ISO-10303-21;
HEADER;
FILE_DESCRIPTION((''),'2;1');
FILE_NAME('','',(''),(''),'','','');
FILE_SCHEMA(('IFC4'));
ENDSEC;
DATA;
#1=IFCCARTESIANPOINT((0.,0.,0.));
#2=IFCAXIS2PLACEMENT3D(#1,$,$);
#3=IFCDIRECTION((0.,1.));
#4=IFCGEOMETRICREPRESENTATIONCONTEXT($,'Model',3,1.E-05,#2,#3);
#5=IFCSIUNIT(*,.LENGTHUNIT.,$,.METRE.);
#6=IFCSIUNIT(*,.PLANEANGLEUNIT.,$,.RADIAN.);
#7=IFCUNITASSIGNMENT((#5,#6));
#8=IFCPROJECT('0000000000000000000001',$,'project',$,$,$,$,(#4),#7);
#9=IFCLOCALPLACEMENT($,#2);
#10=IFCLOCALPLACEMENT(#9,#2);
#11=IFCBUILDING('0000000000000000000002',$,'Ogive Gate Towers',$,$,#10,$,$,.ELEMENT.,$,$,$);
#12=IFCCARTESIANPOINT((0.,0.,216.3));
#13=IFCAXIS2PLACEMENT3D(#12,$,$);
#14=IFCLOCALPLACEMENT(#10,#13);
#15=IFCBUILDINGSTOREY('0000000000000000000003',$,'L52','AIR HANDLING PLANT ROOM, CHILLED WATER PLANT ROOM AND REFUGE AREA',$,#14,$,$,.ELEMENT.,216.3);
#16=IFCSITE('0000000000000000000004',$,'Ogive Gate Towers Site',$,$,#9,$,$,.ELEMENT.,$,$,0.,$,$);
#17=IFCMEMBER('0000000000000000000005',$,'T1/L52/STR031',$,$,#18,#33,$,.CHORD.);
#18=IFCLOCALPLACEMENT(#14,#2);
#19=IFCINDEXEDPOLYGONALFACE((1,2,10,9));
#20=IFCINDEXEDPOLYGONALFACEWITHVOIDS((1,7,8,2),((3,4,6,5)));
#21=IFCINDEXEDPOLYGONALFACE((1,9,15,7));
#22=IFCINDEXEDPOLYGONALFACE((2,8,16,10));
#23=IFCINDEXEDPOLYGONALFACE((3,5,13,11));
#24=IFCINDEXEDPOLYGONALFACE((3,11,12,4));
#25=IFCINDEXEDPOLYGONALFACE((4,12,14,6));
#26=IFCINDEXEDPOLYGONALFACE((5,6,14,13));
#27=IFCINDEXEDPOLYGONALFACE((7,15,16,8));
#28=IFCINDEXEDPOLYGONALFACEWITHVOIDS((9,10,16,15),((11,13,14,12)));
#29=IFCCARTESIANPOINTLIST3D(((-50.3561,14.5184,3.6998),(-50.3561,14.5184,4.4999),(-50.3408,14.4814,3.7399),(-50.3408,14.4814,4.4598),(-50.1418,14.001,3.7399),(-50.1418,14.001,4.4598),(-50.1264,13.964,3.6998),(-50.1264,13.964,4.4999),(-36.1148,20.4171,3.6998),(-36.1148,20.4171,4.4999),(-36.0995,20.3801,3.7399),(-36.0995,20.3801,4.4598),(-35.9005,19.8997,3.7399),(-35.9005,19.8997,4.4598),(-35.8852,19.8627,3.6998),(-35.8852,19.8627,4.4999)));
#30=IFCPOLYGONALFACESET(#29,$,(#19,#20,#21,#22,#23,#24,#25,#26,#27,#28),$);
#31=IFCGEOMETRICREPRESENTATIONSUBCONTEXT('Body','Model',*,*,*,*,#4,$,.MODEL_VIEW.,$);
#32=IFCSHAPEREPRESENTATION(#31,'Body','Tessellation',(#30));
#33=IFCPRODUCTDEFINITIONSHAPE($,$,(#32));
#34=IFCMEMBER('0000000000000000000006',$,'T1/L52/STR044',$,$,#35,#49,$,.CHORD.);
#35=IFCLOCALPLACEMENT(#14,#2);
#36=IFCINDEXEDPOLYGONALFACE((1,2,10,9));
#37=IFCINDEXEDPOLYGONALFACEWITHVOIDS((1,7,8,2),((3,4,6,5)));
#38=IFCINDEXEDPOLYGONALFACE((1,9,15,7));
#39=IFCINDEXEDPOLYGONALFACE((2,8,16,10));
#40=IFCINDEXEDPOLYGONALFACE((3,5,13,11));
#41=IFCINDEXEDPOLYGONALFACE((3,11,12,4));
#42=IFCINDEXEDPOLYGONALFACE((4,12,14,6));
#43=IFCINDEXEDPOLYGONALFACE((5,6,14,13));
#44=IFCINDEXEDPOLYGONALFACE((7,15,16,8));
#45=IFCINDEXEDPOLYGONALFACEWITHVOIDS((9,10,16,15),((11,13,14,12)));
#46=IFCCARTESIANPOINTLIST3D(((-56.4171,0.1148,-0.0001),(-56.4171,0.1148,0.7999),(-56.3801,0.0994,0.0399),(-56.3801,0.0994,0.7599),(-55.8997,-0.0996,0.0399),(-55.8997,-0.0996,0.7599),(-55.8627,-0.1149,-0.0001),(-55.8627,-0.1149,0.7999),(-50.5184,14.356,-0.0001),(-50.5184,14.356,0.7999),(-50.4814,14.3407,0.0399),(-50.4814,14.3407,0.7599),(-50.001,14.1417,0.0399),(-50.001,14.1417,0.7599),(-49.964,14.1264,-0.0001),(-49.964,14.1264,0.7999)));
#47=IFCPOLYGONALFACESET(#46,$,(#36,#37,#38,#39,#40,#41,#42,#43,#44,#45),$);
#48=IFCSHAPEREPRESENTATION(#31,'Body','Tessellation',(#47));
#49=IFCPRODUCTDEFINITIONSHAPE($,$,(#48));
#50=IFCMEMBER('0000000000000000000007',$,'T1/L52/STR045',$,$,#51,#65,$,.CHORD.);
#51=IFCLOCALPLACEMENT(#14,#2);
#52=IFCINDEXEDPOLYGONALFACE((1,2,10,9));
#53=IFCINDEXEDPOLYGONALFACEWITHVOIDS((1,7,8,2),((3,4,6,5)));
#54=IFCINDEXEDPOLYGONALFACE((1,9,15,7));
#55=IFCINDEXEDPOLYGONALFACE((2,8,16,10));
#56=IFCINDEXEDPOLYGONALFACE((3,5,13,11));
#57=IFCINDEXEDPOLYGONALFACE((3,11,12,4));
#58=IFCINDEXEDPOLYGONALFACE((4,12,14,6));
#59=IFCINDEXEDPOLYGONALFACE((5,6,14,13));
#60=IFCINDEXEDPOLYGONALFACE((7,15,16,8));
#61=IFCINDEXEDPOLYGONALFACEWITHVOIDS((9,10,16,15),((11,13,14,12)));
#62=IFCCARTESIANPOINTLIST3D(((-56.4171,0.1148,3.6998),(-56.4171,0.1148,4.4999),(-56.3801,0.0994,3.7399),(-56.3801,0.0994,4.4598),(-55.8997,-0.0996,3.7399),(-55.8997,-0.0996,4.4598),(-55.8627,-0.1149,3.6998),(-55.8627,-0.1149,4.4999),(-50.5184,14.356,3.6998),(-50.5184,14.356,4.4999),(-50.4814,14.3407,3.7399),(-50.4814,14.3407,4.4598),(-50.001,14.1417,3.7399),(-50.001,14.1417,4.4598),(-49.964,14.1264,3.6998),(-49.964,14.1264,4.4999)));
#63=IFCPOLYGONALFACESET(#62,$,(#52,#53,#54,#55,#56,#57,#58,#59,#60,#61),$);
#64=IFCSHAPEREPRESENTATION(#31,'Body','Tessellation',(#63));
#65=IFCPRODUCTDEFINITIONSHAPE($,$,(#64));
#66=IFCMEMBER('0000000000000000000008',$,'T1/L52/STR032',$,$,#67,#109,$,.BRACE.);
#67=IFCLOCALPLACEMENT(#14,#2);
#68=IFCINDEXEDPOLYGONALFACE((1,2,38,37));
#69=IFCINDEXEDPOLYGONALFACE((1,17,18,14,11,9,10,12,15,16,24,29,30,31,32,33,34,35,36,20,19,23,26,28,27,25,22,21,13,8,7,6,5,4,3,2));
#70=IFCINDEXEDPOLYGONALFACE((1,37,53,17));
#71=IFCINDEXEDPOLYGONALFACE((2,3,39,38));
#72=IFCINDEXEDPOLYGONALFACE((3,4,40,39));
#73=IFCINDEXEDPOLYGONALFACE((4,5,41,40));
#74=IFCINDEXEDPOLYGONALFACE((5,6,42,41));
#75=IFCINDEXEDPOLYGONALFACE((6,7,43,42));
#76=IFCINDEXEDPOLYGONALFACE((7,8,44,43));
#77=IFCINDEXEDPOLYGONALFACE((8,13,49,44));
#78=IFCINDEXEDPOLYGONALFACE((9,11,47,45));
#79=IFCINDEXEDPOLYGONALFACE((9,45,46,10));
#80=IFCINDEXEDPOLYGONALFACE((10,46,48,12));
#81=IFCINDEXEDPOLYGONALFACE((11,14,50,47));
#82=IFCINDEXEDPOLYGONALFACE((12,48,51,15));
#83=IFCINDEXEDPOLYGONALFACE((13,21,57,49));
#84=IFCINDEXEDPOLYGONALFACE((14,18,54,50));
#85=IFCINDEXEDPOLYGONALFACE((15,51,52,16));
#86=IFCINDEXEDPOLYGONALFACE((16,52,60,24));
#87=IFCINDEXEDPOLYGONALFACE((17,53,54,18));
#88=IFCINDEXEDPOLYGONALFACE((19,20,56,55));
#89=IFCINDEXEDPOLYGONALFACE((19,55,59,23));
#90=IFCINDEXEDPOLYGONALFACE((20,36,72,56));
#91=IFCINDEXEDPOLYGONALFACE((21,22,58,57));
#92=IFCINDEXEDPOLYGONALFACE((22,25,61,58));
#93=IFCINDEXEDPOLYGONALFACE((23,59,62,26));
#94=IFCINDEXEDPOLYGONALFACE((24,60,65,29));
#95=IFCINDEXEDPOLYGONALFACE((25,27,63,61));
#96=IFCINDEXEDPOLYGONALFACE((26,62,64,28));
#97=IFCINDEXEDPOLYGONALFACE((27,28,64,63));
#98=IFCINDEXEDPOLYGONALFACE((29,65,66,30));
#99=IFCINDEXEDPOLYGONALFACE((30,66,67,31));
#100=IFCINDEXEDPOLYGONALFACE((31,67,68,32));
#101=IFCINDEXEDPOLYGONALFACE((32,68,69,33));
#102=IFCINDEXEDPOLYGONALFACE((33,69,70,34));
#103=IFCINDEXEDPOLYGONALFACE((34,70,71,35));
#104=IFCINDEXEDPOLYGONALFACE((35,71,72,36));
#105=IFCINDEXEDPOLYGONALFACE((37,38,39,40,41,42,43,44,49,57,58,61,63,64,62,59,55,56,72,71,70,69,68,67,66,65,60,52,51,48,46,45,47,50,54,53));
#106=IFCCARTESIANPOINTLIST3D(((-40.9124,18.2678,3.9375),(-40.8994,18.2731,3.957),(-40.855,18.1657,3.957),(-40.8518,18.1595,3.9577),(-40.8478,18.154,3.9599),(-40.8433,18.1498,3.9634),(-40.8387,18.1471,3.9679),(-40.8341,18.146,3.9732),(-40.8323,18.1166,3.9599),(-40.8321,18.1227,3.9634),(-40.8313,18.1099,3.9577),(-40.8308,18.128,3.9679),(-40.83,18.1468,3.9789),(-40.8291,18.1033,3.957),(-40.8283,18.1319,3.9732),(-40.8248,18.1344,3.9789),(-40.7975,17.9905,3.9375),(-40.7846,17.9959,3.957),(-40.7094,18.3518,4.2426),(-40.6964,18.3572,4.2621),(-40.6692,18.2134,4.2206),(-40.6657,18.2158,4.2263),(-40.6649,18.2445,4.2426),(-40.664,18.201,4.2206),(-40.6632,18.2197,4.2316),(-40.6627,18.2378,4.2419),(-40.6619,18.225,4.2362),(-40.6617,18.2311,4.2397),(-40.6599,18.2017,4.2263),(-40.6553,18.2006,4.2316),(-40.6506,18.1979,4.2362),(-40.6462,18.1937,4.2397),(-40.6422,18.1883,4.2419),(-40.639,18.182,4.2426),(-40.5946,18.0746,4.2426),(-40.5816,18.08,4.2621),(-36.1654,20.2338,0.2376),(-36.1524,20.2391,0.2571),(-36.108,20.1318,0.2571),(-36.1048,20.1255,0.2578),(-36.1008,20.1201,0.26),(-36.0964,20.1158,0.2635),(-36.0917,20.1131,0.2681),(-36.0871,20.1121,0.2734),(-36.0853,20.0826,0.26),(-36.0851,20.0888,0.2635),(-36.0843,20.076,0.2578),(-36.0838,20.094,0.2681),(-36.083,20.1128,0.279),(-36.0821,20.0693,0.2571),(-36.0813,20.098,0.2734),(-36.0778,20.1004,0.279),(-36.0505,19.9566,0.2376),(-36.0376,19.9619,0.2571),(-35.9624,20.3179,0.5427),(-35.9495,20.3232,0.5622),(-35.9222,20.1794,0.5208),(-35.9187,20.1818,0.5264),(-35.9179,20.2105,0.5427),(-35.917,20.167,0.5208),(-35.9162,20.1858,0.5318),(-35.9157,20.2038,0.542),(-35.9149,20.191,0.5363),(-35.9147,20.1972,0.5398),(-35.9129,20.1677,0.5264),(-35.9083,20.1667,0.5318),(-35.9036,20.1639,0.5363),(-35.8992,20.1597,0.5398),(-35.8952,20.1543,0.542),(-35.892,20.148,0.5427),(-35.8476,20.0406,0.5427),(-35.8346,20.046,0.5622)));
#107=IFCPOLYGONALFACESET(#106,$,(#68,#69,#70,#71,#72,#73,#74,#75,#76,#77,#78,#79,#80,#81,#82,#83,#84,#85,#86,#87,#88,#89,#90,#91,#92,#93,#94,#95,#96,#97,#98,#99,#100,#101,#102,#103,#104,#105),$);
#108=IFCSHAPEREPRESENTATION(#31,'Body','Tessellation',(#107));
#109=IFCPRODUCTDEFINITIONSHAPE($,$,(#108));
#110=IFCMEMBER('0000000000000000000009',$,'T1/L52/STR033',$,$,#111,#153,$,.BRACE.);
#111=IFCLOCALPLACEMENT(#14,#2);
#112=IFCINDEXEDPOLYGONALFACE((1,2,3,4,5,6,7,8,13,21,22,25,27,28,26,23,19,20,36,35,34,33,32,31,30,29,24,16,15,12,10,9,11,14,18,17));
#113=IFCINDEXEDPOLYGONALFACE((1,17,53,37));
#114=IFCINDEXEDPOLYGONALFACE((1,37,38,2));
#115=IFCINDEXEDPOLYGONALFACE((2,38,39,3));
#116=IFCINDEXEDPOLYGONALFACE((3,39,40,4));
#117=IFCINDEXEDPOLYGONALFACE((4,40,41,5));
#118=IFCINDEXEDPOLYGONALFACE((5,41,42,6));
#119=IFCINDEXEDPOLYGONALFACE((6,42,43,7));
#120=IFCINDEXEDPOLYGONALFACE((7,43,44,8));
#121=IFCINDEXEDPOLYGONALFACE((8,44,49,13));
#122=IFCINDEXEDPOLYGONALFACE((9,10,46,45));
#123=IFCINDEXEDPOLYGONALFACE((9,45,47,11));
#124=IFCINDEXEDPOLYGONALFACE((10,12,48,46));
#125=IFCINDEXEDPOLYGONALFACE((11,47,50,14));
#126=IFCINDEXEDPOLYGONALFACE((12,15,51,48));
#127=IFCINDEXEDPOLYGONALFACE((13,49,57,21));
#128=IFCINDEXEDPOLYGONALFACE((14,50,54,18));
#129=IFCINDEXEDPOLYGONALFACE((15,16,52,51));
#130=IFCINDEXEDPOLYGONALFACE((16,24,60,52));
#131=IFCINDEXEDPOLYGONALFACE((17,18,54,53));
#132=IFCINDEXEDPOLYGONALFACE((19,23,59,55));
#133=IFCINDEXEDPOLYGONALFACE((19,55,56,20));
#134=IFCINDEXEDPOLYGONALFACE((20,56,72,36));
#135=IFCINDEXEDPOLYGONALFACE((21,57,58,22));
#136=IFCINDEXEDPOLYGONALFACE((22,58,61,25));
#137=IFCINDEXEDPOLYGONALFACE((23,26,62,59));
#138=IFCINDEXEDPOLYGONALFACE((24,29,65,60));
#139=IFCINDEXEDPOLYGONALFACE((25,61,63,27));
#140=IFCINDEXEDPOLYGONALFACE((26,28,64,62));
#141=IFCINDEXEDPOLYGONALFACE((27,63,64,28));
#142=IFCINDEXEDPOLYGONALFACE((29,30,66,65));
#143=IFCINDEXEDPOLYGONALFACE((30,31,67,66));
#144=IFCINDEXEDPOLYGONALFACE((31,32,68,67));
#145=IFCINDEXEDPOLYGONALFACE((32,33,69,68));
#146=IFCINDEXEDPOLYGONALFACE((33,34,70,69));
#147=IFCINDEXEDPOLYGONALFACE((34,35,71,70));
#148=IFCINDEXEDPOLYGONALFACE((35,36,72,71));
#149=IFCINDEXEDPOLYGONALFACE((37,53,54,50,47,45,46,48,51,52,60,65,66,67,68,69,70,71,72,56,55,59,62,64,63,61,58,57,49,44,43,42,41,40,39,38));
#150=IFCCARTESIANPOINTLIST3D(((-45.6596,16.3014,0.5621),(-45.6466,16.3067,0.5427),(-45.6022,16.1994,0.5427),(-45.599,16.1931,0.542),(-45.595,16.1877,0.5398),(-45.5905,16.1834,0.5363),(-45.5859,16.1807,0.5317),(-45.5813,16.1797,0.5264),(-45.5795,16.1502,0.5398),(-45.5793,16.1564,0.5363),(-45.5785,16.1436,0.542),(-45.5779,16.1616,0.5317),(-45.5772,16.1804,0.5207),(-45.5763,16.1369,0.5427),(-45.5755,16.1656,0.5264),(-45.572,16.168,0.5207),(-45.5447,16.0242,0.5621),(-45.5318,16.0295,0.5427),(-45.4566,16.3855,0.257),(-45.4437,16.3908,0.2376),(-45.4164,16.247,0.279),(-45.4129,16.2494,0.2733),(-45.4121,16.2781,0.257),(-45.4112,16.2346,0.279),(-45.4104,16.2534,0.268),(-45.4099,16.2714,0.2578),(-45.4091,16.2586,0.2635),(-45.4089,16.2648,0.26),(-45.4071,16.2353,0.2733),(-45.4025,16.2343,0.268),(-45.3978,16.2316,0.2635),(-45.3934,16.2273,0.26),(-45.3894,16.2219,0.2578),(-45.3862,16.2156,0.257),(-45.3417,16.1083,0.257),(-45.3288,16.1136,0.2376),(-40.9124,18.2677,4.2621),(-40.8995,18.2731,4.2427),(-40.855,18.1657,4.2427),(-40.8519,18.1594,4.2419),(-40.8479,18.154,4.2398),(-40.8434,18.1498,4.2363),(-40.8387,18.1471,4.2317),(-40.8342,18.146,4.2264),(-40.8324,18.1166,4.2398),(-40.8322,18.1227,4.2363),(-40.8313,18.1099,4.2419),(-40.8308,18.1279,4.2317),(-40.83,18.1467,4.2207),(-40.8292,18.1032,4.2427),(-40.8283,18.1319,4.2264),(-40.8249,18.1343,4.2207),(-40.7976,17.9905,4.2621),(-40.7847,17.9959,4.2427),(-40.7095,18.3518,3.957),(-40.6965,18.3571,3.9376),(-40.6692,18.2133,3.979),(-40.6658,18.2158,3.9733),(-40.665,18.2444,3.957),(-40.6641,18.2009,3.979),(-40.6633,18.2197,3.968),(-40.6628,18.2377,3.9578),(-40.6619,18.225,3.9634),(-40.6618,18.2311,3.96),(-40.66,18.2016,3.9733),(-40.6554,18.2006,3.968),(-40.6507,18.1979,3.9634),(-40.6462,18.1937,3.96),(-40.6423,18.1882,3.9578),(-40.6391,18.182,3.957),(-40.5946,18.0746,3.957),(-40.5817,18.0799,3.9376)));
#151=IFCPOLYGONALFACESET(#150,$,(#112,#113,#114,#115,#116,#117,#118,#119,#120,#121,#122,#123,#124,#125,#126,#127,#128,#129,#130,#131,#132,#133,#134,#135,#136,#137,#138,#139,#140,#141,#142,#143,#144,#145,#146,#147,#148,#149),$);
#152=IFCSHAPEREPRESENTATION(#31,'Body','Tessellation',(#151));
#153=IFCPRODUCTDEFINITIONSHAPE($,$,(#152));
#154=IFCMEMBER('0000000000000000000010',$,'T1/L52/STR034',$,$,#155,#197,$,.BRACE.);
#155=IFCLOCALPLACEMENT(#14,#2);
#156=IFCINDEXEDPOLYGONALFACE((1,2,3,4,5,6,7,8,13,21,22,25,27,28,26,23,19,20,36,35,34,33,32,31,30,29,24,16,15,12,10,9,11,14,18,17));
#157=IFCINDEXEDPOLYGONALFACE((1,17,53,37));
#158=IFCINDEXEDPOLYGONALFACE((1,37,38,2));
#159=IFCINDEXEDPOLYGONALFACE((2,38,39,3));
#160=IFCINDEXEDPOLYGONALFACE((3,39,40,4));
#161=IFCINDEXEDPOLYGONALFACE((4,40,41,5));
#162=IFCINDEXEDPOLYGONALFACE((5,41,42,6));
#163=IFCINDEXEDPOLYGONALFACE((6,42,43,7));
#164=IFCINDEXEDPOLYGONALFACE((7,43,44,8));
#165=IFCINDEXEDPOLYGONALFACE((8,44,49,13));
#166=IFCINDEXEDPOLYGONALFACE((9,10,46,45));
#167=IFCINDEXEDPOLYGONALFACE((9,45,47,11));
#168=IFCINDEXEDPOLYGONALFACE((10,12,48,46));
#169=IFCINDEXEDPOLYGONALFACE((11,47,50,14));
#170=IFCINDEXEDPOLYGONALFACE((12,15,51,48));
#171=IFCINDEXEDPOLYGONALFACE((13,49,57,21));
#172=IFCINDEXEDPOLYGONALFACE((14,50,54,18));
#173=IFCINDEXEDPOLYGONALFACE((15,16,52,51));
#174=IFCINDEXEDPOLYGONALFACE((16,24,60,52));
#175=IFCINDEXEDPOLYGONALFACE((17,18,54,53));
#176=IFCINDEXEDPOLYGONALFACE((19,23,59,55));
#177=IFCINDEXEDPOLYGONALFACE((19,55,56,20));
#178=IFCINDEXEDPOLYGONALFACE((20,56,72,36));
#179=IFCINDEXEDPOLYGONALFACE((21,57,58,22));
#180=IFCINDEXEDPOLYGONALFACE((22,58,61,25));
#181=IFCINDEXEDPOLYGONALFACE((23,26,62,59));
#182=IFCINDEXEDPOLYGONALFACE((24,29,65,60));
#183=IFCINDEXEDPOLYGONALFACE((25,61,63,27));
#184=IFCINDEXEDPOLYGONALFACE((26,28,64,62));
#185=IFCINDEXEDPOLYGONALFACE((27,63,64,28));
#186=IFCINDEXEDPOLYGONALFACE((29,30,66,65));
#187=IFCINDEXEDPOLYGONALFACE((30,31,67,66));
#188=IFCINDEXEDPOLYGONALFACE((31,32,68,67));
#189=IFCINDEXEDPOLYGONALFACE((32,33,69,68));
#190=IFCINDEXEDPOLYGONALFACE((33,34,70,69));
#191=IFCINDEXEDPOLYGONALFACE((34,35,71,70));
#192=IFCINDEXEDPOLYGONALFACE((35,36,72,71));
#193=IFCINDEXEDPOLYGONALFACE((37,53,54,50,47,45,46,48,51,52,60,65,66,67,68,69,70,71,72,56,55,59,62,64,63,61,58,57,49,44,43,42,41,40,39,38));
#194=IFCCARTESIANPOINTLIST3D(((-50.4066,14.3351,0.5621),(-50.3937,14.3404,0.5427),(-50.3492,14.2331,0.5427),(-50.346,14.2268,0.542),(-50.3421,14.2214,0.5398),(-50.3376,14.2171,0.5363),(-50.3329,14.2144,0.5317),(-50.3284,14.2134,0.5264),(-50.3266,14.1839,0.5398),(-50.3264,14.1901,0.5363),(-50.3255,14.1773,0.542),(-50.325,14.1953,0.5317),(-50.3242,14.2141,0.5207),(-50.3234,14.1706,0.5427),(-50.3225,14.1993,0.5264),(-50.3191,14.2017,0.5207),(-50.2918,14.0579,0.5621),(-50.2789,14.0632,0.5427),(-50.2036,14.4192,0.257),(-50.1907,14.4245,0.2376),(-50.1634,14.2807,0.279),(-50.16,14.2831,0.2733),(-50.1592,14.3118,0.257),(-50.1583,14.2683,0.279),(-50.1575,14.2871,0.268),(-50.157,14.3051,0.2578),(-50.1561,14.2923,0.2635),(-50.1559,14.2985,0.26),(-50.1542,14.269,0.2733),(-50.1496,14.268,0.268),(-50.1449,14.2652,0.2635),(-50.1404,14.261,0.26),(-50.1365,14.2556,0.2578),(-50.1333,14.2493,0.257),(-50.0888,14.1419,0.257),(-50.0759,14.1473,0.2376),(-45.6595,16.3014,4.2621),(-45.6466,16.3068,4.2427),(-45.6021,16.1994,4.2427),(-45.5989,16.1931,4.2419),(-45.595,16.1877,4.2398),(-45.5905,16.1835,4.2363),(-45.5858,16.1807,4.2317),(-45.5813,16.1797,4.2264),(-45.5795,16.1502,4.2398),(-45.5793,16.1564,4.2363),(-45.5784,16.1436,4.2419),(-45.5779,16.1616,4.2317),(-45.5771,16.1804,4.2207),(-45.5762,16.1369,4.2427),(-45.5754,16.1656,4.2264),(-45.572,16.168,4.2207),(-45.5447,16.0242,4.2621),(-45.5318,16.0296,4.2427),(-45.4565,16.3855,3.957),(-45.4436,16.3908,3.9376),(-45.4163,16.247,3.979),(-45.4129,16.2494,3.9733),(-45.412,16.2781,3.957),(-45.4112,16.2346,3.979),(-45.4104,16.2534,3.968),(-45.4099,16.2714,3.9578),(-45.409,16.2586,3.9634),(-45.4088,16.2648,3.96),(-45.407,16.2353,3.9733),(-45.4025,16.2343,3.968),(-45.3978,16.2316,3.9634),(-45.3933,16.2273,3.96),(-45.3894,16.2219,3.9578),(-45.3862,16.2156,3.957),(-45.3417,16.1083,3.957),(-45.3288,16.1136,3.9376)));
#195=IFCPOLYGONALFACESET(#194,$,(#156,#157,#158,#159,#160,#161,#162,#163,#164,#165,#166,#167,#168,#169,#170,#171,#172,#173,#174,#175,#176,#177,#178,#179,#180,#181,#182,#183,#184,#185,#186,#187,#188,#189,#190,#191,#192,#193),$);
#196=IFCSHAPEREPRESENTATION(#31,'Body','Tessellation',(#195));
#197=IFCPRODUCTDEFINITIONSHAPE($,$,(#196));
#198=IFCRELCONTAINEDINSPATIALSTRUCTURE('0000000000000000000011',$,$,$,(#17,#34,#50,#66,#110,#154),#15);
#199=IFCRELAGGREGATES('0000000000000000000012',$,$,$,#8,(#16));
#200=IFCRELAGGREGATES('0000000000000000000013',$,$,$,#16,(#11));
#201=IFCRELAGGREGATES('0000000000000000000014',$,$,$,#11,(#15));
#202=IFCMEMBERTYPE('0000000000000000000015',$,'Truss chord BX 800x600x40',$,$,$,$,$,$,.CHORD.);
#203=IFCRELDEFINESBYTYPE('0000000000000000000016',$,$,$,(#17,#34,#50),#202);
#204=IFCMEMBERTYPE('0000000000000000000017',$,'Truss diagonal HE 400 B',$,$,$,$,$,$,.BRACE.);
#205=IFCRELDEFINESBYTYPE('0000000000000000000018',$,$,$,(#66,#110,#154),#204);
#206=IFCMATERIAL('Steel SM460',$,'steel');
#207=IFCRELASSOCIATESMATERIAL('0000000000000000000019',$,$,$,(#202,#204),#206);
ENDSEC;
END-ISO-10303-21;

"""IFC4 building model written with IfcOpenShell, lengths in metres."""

from ifc_helpers import new_model, si_unit, direction, frame, origin, origin_2d, place, context, subcontext, project, spatial, hollow_rectangle, i_section, extrude, material, material_profile, profile_set, type_object, element, save


model = new_model("IFC4")

# Units and contexts
model_context = context("Model", 3, precision=1e-05, world=origin(), true_north=direction((0.0, 1.0)))
body_context = subcontext(model_context, "Body", "Model", "MODEL_VIEW")
ifc_project = project(units=[si_unit("LENGTHUNIT", "METRE"), si_unit("PLANEANGLEUNIT", "RADIAN")], contexts=[model_context])

# Site, building, storey
site_placement = place(None, origin())
site = spatial("IfcSite", under=ifc_project, at=site_placement, Name="Ogive Gate Towers Site", CompositionType="ELEMENT", RefElevation=0.0)
building_placement = place(site_placement, origin())
building = spatial("IfcBuilding", under=site, at=building_placement, Name="Ogive Gate Towers", CompositionType="ELEMENT")
storey_placement = place(building_placement, frame((0.0, 0.0, 216.3)))
storey = spatial("IfcBuildingStorey", under=building, at=storey_placement, Name="L52", Description="AIR HANDLING PLANT ROOM, CHILLED WATER PLANT ROOM AND REFUGE AREA", CompositionType="ELEMENT", Elevation=216.3)

# Shared definitions
ifc_material_1 = material(Name="Steel SM460", Category="steel")

# Members
ifc_material_profile_1 = material_profile(ifc_material_1, hollow_rectangle(XDim=0.6001, YDim=0.8, WallThickness=0.04, at=origin_2d()), Name="BX 800x600x40")
ifc_profile_set_1 = profile_set([ifc_material_profile_1], Name="Steel SM460")
member_type_1 = type_object("IfcMemberType", Name="Truss chord BX 800x600x40", PredefinedType="CHORD", material=ifc_profile_set_1)
for number, where, z_axis, x_axis, name in (
    (1, (-36.0, 20.1399, 4.0999), (-0.923885, -0.382671, 0.0), (0.382671, -0.923885, 0.0), "T1/L52/STR031"),
    (2, (-50.2412, 14.2412, 0.3999), (-0.382671, -0.923885, 0.0), (0.923885, -0.382671, 0.0), "T1/L52/STR044"),
    (3, (-50.2412, 14.2412, 4.0999), (-0.382671, -0.923885, 0.0), (0.923885, -0.382671, 0.0), "T1/L52/STR045"),
):
    element("IfcMember", number, at=place(storey_placement, frame(where, z_axis=z_axis, x_axis=x_axis)), inside=storey, type_object=member_type_1, Name=name, PredefinedType="CHORD", context=body_context, shape_type="SweptSolid", body=[
        extrude(hollow_rectangle(XDim=0.6001, YDim=0.8, WallThickness=0.04, at=origin_2d()), origin(), (0.0, 0.0, 1.0), 15.4146),
    ])
ifc_material_profile_2 = material_profile(ifc_material_1, i_section(OverallWidth=0.3, OverallDepth=0.3999, WebThickness=0.0134, FlangeThickness=0.0239, FilletRadius=0.0271, at=origin_2d()), Name="HE 400 B")
ifc_profile_set_2 = profile_set([ifc_material_profile_2], Name="Steel SM460")
member_type_2 = type_object("IfcMemberType", Name="Truss diagonal HE 400 B", PredefinedType="BRACE", material=ifc_profile_set_2)
member_1_placement = place(storey_placement, frame((-36.0, 20.1399, 0.3999), z_axis=(-0.749737, -0.310514, 0.584359), x_axis=(0.382644, -0.923896, 0.0)))
element("IfcMember", 4, at=member_1_placement, inside=storey, type_object=member_type_2, Name="T1/L52/STR032", PredefinedType="BRACE", context=body_context, shape_type="SweptSolid", body=[
    extrude(i_section(OverallWidth=0.3, OverallDepth=0.3999, WebThickness=0.0134, FlangeThickness=0.0239, FilletRadius=0.0271, at=origin_2d()), origin(), (0.0, 0.0, 1.0), 6.3315),
])
for number, where, z_axis, x_axis, name in (
    (5, (-40.7471, 18.1738, 4.0999), (-0.749728, -0.310549, -0.584352), (0.382685, -0.923879, 0.0), "T1/L52/STR033"),
    (6, (-45.4941, 16.2075, 4.0999), (-0.749728, -0.310549, -0.584352), (0.382685, -0.923879, 0.0), "T1/L52/STR034"),
):
    element("IfcMember", number, at=place(storey_placement, frame(where, z_axis=z_axis, x_axis=x_axis)), inside=storey, type_object=member_type_2, Name=name, PredefinedType="BRACE", context=body_context, shape_type="SweptSolid", body=[
        extrude(i_section(OverallWidth=0.3, OverallDepth=0.3999, WebThickness=0.0134, FlangeThickness=0.0239, FilletRadius=0.0271, at=origin_2d()), origin(), (0.0, 0.0, 1.0), 6.3318),
    ])

save(model, "model.ifc")
